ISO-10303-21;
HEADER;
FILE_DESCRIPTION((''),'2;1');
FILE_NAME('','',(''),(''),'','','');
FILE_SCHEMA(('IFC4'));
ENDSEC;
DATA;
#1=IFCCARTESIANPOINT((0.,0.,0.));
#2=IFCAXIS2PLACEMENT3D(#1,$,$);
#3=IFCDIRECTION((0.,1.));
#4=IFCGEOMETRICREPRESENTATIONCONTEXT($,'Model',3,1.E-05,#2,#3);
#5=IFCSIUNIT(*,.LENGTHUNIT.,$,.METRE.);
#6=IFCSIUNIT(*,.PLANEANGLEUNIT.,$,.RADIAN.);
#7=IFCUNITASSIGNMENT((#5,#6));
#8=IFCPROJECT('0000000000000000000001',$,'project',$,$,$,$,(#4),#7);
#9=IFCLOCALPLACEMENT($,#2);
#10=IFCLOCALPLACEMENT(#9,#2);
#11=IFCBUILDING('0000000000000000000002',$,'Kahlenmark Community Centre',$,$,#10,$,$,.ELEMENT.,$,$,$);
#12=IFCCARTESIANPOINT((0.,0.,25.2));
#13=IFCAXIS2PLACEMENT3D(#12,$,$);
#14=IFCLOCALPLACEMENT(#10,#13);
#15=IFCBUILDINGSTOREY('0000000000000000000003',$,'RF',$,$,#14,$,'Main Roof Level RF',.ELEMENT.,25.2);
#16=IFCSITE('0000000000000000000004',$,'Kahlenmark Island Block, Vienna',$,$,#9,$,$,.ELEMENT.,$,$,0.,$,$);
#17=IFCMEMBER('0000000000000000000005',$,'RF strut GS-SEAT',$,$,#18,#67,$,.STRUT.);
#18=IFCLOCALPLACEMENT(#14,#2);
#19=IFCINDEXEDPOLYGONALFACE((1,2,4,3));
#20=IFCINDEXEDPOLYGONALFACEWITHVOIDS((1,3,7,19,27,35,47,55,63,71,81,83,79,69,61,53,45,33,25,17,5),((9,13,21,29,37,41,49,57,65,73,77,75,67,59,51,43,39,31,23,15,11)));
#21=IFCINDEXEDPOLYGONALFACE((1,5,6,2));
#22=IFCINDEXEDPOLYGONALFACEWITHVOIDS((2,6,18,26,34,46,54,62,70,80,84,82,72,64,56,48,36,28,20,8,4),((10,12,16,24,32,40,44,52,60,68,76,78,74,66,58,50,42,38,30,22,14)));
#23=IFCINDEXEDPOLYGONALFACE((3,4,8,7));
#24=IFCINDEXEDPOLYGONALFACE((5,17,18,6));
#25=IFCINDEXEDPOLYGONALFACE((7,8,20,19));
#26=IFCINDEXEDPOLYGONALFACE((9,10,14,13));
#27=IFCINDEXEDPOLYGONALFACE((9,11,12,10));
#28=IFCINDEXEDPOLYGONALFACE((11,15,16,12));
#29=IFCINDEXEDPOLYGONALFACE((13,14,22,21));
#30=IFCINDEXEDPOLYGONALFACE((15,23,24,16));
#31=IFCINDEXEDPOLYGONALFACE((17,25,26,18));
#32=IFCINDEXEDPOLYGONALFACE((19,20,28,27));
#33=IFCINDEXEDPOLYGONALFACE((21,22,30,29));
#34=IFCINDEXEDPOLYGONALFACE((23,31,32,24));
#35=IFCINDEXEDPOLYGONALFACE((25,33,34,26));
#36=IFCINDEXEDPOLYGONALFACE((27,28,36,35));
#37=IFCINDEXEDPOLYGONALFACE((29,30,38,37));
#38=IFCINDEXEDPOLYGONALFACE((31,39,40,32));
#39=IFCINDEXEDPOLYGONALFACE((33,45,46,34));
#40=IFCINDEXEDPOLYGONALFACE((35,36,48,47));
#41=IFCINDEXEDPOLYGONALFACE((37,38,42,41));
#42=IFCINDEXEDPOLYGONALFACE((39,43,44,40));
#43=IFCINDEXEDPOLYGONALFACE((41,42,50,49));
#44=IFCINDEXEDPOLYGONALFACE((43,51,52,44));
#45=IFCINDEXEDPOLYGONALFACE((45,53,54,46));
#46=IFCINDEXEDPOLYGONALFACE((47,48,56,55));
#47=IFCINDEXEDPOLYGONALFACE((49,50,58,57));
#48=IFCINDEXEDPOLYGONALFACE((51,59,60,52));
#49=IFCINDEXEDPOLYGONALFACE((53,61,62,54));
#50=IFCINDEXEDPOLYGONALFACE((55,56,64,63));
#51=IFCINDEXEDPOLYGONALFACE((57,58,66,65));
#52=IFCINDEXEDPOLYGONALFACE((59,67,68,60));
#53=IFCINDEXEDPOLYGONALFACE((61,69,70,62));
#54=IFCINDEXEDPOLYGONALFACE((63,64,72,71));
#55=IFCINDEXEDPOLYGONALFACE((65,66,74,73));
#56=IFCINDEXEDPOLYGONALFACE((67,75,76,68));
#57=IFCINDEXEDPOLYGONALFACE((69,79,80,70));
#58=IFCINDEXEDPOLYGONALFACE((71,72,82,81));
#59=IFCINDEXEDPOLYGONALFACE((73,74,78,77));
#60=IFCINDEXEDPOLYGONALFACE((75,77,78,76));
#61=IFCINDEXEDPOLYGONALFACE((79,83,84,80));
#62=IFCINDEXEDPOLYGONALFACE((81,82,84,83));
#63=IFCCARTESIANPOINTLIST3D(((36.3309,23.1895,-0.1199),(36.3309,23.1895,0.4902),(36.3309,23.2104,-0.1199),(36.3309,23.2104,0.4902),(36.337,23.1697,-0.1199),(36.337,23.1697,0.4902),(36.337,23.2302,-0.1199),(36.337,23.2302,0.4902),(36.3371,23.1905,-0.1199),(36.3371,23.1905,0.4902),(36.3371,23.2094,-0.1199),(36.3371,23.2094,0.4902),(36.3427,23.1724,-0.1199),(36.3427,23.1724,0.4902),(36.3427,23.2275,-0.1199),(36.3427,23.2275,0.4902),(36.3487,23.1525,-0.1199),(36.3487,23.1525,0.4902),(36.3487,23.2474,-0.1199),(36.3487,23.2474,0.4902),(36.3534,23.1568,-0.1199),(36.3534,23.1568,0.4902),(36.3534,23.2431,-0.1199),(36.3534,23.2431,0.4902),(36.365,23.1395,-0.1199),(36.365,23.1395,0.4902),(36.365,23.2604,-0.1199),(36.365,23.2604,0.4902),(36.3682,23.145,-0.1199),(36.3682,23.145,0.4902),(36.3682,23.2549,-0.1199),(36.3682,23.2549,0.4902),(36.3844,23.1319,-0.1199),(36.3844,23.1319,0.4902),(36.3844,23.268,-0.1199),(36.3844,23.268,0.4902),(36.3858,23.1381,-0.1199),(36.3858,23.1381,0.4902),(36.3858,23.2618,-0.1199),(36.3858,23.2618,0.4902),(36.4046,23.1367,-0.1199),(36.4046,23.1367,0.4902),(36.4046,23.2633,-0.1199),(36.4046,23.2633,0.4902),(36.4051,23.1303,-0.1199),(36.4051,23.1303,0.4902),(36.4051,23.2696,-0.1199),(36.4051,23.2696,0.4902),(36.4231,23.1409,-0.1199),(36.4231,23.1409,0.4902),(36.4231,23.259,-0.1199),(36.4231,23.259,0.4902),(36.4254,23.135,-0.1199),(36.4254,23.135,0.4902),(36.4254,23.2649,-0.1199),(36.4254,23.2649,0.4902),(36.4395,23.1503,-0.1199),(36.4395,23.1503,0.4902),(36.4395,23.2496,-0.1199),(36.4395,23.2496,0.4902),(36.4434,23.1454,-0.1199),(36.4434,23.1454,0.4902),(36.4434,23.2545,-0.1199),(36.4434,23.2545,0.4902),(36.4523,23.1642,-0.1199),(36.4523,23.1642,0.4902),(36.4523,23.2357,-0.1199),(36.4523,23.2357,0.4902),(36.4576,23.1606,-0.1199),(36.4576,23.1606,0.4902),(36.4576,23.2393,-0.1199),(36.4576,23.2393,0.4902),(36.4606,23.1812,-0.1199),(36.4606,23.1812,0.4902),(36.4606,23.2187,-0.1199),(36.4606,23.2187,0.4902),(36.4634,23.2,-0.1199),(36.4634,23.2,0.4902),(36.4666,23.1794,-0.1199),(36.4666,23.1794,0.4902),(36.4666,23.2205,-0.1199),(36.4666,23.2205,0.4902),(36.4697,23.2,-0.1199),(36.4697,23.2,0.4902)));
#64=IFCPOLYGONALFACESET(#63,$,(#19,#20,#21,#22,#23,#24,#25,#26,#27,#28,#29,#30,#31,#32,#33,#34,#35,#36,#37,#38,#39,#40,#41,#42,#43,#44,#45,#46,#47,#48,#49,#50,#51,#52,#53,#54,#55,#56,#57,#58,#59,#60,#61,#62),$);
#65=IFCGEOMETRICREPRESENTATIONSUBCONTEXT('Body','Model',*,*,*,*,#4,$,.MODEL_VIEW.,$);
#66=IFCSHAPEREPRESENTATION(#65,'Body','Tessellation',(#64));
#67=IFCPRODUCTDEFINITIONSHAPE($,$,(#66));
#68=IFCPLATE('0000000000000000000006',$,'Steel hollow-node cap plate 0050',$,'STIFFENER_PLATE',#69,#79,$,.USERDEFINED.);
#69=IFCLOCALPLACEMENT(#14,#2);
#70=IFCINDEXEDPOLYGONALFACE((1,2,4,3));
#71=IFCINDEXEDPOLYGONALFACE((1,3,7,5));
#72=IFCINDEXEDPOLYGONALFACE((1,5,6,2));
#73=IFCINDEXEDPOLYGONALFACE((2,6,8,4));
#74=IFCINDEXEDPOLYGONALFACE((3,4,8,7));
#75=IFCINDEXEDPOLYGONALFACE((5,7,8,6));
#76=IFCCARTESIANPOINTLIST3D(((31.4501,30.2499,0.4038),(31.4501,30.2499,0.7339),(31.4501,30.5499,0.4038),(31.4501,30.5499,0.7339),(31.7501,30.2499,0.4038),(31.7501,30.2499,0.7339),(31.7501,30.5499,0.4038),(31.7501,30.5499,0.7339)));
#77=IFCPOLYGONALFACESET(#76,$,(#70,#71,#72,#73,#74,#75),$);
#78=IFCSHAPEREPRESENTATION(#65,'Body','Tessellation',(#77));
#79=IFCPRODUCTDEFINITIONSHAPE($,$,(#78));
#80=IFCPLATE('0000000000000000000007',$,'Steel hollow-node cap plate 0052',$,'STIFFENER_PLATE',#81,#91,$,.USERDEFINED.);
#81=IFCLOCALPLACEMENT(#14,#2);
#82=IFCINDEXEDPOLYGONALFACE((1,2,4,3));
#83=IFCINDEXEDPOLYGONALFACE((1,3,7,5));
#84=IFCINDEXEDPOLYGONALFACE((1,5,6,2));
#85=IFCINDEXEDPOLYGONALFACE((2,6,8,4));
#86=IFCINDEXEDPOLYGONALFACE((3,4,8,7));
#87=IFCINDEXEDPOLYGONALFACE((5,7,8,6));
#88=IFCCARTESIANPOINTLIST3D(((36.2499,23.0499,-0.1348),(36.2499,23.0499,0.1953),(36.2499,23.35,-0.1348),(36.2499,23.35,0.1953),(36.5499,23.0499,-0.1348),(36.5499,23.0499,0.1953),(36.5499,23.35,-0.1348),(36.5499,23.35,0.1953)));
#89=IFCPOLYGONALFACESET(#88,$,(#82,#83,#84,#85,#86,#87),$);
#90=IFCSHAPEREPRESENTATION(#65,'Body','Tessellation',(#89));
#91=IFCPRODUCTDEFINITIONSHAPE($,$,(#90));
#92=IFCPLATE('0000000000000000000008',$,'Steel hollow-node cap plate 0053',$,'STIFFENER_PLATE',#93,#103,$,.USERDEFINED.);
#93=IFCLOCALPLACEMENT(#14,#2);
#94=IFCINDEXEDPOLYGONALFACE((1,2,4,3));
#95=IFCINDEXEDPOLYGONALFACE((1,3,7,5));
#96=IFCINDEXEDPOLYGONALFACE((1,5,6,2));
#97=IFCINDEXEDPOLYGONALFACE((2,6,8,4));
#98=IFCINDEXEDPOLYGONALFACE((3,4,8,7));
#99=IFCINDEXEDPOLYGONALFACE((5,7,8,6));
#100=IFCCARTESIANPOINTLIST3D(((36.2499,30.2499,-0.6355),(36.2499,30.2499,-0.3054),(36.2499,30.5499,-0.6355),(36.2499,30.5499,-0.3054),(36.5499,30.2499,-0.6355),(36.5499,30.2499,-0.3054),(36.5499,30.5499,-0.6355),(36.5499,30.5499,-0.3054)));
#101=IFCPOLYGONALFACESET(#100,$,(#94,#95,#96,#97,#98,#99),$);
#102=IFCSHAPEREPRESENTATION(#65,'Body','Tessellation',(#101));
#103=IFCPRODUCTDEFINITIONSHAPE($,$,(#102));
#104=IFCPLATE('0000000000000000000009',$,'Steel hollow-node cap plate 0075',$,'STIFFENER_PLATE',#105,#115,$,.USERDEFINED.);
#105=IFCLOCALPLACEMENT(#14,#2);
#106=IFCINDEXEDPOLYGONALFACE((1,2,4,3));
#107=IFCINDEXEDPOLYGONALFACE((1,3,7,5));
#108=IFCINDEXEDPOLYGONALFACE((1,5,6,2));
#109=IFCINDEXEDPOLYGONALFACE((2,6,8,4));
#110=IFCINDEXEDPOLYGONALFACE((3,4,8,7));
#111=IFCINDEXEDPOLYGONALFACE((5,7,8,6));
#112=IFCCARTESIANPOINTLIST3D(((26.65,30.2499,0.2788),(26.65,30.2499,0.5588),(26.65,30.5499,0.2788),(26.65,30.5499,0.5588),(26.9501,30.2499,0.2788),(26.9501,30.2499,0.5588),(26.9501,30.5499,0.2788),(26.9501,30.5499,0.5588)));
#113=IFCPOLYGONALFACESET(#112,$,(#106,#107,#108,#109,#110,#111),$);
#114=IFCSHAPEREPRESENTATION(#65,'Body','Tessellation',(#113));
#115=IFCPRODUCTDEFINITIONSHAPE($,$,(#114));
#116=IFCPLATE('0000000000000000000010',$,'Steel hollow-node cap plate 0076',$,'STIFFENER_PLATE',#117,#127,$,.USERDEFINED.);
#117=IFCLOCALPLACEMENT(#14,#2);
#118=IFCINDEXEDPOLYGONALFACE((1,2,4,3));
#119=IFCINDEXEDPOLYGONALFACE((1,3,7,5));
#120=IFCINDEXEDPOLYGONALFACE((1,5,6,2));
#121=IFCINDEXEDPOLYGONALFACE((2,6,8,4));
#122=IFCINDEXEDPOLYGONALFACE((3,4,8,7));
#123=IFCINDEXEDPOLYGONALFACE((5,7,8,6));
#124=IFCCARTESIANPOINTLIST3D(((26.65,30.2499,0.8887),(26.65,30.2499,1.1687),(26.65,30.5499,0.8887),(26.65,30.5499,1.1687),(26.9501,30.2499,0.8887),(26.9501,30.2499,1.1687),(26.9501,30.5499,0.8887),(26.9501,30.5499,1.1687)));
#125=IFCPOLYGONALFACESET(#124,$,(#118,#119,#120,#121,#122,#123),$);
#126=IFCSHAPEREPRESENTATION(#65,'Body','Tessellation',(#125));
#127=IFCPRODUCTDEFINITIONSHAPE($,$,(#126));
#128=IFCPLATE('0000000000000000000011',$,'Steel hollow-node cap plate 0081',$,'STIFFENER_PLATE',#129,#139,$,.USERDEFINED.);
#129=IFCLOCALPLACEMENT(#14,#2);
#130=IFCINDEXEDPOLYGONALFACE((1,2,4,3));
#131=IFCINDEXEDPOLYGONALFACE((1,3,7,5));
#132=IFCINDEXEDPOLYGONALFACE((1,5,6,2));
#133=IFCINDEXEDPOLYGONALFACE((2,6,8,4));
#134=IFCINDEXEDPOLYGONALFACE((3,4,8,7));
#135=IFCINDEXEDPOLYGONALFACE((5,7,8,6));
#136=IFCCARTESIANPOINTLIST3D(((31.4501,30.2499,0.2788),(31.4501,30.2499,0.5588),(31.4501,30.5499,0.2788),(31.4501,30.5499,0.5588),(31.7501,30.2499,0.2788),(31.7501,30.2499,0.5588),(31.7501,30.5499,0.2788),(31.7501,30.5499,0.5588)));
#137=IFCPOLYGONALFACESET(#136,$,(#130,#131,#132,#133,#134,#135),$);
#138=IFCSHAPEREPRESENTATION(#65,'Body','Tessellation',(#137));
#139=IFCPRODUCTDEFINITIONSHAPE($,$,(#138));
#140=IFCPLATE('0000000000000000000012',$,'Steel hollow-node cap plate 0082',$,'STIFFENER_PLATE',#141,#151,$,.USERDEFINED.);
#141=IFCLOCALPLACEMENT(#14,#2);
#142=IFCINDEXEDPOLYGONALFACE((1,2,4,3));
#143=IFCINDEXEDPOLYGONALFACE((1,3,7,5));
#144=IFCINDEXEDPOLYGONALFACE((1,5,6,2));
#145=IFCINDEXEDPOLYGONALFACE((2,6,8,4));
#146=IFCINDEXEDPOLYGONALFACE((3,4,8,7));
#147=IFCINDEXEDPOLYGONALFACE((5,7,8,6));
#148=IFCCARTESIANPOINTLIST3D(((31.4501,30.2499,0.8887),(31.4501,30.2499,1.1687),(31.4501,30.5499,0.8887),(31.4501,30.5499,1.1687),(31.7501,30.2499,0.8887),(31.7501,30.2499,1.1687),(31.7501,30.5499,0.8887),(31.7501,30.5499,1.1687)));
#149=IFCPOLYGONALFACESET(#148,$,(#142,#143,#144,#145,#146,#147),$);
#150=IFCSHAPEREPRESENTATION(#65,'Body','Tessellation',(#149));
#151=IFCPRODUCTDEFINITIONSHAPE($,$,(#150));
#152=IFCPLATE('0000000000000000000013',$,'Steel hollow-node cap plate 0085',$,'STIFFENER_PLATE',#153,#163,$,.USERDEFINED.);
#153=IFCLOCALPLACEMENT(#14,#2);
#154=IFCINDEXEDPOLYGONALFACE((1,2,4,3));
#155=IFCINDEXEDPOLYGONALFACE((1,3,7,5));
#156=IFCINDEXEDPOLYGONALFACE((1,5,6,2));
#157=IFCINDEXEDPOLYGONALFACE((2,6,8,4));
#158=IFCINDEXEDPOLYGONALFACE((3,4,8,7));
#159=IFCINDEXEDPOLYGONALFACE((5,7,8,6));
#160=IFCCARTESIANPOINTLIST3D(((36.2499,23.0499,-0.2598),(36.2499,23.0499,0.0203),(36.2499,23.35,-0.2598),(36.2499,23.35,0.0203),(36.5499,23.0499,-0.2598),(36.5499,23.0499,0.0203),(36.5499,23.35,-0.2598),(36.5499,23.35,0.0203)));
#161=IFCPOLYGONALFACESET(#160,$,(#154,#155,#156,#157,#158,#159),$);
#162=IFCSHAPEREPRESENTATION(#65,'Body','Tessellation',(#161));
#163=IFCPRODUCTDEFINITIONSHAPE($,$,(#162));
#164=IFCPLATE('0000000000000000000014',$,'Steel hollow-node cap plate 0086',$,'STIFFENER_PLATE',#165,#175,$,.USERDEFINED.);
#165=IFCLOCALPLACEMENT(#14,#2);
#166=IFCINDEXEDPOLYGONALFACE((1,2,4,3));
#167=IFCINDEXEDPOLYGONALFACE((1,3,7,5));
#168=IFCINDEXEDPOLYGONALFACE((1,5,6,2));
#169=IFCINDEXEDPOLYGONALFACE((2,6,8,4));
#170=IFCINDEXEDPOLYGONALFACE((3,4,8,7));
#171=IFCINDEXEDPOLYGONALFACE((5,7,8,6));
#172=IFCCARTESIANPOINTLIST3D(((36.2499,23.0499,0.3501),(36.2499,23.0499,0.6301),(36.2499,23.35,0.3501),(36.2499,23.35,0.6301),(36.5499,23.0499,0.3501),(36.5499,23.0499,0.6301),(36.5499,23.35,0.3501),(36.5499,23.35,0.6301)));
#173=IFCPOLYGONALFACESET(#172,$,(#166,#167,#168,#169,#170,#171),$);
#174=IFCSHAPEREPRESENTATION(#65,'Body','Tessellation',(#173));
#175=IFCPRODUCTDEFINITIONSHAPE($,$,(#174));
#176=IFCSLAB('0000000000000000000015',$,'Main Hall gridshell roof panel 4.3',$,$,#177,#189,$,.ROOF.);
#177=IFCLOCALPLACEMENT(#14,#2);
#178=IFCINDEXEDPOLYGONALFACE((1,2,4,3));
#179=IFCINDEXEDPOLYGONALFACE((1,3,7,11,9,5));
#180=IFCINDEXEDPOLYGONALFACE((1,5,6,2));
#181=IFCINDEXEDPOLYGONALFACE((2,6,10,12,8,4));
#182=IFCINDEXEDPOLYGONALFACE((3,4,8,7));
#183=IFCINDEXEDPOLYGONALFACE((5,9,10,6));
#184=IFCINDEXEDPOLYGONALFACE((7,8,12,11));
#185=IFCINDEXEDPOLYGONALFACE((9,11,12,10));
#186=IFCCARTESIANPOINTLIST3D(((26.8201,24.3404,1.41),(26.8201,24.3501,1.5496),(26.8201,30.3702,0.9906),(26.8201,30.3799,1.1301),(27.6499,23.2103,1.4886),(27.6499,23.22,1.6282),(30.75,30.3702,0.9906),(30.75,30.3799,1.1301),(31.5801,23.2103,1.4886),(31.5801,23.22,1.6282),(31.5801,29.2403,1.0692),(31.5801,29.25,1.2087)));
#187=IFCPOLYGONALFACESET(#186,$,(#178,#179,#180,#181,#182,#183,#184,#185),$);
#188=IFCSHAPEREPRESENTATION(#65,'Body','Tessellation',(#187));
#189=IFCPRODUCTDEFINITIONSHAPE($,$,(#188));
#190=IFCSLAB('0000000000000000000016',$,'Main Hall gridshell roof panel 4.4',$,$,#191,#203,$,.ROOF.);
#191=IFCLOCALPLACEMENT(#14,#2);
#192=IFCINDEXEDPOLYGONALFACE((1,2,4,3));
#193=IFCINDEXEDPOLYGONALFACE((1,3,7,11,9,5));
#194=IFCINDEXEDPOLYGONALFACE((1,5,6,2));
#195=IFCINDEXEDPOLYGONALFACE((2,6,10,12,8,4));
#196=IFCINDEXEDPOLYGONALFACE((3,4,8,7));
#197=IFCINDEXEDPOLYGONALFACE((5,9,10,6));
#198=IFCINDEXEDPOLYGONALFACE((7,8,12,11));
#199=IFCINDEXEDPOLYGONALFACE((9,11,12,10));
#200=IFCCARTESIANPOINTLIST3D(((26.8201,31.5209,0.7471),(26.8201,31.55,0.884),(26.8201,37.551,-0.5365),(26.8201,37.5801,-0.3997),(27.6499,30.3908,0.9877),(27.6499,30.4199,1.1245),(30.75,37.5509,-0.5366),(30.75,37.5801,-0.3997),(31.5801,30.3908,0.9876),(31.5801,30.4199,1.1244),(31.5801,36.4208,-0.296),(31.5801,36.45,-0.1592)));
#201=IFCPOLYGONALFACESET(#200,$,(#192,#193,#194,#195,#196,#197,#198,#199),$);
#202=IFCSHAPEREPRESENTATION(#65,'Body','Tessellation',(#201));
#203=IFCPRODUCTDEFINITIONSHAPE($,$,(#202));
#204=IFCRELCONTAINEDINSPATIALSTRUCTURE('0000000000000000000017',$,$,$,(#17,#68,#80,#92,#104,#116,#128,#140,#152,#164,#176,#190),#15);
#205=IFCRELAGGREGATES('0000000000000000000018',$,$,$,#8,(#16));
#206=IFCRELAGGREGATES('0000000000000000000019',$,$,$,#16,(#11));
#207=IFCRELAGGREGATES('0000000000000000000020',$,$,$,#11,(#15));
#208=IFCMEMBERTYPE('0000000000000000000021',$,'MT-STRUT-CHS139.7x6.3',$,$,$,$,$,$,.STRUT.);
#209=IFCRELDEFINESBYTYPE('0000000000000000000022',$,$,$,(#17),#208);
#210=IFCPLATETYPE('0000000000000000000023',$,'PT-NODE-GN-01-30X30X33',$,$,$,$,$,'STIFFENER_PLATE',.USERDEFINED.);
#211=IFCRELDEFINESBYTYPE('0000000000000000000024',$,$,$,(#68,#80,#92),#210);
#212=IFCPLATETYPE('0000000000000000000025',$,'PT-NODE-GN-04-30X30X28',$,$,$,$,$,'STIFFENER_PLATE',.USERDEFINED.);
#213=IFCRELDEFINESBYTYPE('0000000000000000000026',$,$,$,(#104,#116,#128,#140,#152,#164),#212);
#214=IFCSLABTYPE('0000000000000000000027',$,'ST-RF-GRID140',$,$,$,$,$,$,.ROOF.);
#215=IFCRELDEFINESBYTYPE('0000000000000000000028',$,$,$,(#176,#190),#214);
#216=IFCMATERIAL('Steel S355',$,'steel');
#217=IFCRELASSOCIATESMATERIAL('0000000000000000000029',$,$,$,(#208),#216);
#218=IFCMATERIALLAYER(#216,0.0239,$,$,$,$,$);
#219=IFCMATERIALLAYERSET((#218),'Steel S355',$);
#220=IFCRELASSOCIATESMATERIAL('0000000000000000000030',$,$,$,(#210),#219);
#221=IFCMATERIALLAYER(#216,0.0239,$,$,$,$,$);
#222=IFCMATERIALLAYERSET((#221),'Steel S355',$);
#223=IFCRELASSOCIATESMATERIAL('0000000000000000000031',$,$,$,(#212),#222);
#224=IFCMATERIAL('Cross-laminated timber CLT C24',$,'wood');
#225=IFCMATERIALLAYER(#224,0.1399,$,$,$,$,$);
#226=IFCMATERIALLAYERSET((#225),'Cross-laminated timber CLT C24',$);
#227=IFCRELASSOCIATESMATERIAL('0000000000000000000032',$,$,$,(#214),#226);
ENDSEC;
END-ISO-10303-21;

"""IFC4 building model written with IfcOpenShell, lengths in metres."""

from ifc_helpers import new_model, si_unit, direction, frame, origin, origin_2d, place, context, subcontext, project, spatial, polyline, rectangle, hollow_circle, outline, extrude, material, layer, layer_set, material_profile, profile_set, type_object, element, save


model = new_model("IFC4")

# Units and contexts
model_context = context("Model", 3, precision=1e-05, world=origin(), true_north=direction((0.0, 1.0)))
body_context = subcontext(model_context, "Body", "Model", "MODEL_VIEW")
ifc_project = project(units=[si_unit("LENGTHUNIT", "METRE"), si_unit("PLANEANGLEUNIT", "RADIAN")], contexts=[model_context])

# Site, building, storey
site_placement = place(None, origin())
site = spatial("IfcSite", under=ifc_project, at=site_placement, Name="Kahlenmark Island Block, Vienna", CompositionType="ELEMENT", RefElevation=0.0)
building_placement = place(site_placement, origin())
building = spatial("IfcBuilding", under=site, at=building_placement, Name="Kahlenmark Community Centre", CompositionType="ELEMENT")
storey_placement = place(building_placement, frame((0.0, 0.0, 25.2)))
storey = spatial("IfcBuildingStorey", under=building, at=storey_placement, Name="RF", LongName="Main Roof Level RF", CompositionType="ELEMENT", Elevation=25.2)

# Member
ifc_material_1 = material(Name="Steel S355", Category="steel")
ifc_material_profile_1 = material_profile(ifc_material_1, hollow_circle(Radius=0.0698, WallThickness=0.0063, at=origin_2d()), Name="CHS 139.7x6.3")
ifc_profile_set_1 = profile_set([ifc_material_profile_1], Name="Steel S355")
member_type_1 = type_object("IfcMemberType", Name="MT-STRUT-CHS139.7x6.3", PredefinedType="STRUT", material=ifc_profile_set_1)
for number, where, z_axis, x_axis, name in (
    (1, (36.3999, 23.2, -0.1199), (0.0, 0.0, 1.0), (1.0, 0.0, 0.0), "RF strut GS-SEAT"),
):
    element("IfcMember", number, at=place(storey_placement, frame(where, z_axis=z_axis, x_axis=x_axis)), inside=storey, type_object=member_type_1, Name=name, PredefinedType="STRUT", context=body_context, shape_type="SweptSolid", body=[
        extrude(hollow_circle(Radius=0.0698, WallThickness=0.0063, at=origin_2d()), origin(), (0.0, 0.0, 1.0), 0.6101),
    ])

# Plates
ifc_layer_1 = layer(ifc_material_1, 0.0239)
ifc_layer_set_1 = layer_set([ifc_layer_1], Name="Steel S355")
plate_type_1 = type_object("IfcPlateType", Name="PT-NODE-GN-01-30X30X33", ElementType="STIFFENER_PLATE", PredefinedType="USERDEFINED", material=ifc_layer_set_1)
for number, where, z_axis, x_axis, name in (
    (2, (31.6001, 30.3999, 0.4038), (0.0, 0.0, 1.0), (1.0, 0.0, 0.0), "Steel hollow-node cap plate 0050"),
    (3, (36.3999, 23.2, -0.1348), (0.0, 0.0, 1.0), (1.0, 0.0, 0.0), "Steel hollow-node cap plate 0052"),
    (4, (36.3999, 30.3999, -0.6355), (0.0, 0.0, 1.0), (1.0, 0.0, 0.0), "Steel hollow-node cap plate 0053"),
):
    element("IfcPlate", number, at=place(storey_placement, frame(where, z_axis=z_axis, x_axis=x_axis)), inside=storey, type_object=plate_type_1, Name=name, ObjectType="STIFFENER_PLATE", PredefinedType="USERDEFINED", context=body_context, shape_type="SweptSolid", body=[
        extrude(rectangle(XDim=0.3, YDim=0.3, at=origin_2d()), origin(), (0.0, 0.0, 1.0), 0.3301),
    ])
ifc_layer_2 = layer(ifc_material_1, 0.0239)
ifc_layer_set_2 = layer_set([ifc_layer_2], Name="Steel S355")
plate_type_2 = type_object("IfcPlateType", Name="PT-NODE-GN-04-30X30X28", ElementType="STIFFENER_PLATE", PredefinedType="USERDEFINED", material=ifc_layer_set_2)
for number, where, z_axis, x_axis, name in (
    (5, (26.8, 30.3999, 0.2788), (0.0, 0.0, 1.0), (1.0, 0.0, 0.0), "Steel hollow-node cap plate 0075"),
    (6, (26.8, 30.3999, 0.8887), (0.0, 0.0, 1.0), (1.0, 0.0, 0.0), "Steel hollow-node cap plate 0076"),
    (7, (31.6001, 30.3999, 0.2788), (0.0, 0.0, 1.0), (1.0, 0.0, 0.0), "Steel hollow-node cap plate 0081"),
    (8, (31.6001, 30.3999, 0.8887), (0.0, 0.0, 1.0), (1.0, 0.0, 0.0), "Steel hollow-node cap plate 0082"),
    (9, (36.3999, 23.2, -0.2598), (0.0, 0.0, 1.0), (1.0, 0.0, 0.0), "Steel hollow-node cap plate 0085"),
    (10, (36.3999, 23.2, 0.3501), (0.0, 0.0, 1.0), (1.0, 0.0, 0.0), "Steel hollow-node cap plate 0086"),
):
    element("IfcPlate", number, at=place(storey_placement, frame(where, z_axis=z_axis, x_axis=x_axis)), inside=storey, type_object=plate_type_2, Name=name, ObjectType="STIFFENER_PLATE", PredefinedType="USERDEFINED", context=body_context, shape_type="SweptSolid", body=[
        extrude(rectangle(XDim=0.3, YDim=0.3, at=origin_2d()), origin(), (0.0, 0.0, 1.0), 0.28),
    ])

# Slabs
ifc_material_2 = material(Name="Cross-laminated timber CLT C24", Category="wood")
ifc_layer_3 = layer(ifc_material_2, 0.1399)
ifc_layer_set_3 = layer_set([ifc_layer_3], Name="Cross-laminated timber CLT C24")
slab_type = type_object("IfcSlabType", Name="ST-RF-GRID140", PredefinedType="ROOF", material=ifc_layer_set_3)
slab_1_placement = place(storey_placement, frame((27.6499, 23.22, 1.6282), z_axis=(-0.000002, 0.069393, 0.997589), x_axis=(1.0, 0.0, 0.000002)))
element("IfcSlab", 11, at=slab_1_placement, inside=storey, type_object=slab_type, Name="Main Hall gridshell roof panel 4.3", PredefinedType="ROOF", context=body_context, shape_type="SweptSolid", body=[
    extrude(outline(polyline([(0.0, 0.0), (3.9302, 0.0), (3.9302, 6.0446), (3.1001, 7.1772), (-0.8298, 7.1772), (-0.8298, 1.1329), (0.0, 0.0)])), origin(), (0.0, 0.0, -1.0), 0.1399),
])
slab_2_placement = place(storey_placement, frame((27.6499, 30.4199, 1.1245), z_axis=(0.000019, 0.208205, 0.978085), x_axis=(1.0, -0.000004, -0.000019)))
element("IfcSlab", 12, at=slab_2_placement, inside=storey, type_object=slab_type, Name="Main Hall gridshell roof panel 4.4", PredefinedType="ROOF", context=body_context, shape_type="SweptSolid", body=[
    extrude(outline(polyline([(0.0, 0.0), (3.9302, 0.0), (3.9302, 6.1652), (3.1001, 7.3206), (-0.8298, 7.3206), (-0.8298, 1.1554), (0.0, 0.0)])), origin(), (0.0, 0.0, -1.0), 0.1399),
])

save(model, "model.ifc")
